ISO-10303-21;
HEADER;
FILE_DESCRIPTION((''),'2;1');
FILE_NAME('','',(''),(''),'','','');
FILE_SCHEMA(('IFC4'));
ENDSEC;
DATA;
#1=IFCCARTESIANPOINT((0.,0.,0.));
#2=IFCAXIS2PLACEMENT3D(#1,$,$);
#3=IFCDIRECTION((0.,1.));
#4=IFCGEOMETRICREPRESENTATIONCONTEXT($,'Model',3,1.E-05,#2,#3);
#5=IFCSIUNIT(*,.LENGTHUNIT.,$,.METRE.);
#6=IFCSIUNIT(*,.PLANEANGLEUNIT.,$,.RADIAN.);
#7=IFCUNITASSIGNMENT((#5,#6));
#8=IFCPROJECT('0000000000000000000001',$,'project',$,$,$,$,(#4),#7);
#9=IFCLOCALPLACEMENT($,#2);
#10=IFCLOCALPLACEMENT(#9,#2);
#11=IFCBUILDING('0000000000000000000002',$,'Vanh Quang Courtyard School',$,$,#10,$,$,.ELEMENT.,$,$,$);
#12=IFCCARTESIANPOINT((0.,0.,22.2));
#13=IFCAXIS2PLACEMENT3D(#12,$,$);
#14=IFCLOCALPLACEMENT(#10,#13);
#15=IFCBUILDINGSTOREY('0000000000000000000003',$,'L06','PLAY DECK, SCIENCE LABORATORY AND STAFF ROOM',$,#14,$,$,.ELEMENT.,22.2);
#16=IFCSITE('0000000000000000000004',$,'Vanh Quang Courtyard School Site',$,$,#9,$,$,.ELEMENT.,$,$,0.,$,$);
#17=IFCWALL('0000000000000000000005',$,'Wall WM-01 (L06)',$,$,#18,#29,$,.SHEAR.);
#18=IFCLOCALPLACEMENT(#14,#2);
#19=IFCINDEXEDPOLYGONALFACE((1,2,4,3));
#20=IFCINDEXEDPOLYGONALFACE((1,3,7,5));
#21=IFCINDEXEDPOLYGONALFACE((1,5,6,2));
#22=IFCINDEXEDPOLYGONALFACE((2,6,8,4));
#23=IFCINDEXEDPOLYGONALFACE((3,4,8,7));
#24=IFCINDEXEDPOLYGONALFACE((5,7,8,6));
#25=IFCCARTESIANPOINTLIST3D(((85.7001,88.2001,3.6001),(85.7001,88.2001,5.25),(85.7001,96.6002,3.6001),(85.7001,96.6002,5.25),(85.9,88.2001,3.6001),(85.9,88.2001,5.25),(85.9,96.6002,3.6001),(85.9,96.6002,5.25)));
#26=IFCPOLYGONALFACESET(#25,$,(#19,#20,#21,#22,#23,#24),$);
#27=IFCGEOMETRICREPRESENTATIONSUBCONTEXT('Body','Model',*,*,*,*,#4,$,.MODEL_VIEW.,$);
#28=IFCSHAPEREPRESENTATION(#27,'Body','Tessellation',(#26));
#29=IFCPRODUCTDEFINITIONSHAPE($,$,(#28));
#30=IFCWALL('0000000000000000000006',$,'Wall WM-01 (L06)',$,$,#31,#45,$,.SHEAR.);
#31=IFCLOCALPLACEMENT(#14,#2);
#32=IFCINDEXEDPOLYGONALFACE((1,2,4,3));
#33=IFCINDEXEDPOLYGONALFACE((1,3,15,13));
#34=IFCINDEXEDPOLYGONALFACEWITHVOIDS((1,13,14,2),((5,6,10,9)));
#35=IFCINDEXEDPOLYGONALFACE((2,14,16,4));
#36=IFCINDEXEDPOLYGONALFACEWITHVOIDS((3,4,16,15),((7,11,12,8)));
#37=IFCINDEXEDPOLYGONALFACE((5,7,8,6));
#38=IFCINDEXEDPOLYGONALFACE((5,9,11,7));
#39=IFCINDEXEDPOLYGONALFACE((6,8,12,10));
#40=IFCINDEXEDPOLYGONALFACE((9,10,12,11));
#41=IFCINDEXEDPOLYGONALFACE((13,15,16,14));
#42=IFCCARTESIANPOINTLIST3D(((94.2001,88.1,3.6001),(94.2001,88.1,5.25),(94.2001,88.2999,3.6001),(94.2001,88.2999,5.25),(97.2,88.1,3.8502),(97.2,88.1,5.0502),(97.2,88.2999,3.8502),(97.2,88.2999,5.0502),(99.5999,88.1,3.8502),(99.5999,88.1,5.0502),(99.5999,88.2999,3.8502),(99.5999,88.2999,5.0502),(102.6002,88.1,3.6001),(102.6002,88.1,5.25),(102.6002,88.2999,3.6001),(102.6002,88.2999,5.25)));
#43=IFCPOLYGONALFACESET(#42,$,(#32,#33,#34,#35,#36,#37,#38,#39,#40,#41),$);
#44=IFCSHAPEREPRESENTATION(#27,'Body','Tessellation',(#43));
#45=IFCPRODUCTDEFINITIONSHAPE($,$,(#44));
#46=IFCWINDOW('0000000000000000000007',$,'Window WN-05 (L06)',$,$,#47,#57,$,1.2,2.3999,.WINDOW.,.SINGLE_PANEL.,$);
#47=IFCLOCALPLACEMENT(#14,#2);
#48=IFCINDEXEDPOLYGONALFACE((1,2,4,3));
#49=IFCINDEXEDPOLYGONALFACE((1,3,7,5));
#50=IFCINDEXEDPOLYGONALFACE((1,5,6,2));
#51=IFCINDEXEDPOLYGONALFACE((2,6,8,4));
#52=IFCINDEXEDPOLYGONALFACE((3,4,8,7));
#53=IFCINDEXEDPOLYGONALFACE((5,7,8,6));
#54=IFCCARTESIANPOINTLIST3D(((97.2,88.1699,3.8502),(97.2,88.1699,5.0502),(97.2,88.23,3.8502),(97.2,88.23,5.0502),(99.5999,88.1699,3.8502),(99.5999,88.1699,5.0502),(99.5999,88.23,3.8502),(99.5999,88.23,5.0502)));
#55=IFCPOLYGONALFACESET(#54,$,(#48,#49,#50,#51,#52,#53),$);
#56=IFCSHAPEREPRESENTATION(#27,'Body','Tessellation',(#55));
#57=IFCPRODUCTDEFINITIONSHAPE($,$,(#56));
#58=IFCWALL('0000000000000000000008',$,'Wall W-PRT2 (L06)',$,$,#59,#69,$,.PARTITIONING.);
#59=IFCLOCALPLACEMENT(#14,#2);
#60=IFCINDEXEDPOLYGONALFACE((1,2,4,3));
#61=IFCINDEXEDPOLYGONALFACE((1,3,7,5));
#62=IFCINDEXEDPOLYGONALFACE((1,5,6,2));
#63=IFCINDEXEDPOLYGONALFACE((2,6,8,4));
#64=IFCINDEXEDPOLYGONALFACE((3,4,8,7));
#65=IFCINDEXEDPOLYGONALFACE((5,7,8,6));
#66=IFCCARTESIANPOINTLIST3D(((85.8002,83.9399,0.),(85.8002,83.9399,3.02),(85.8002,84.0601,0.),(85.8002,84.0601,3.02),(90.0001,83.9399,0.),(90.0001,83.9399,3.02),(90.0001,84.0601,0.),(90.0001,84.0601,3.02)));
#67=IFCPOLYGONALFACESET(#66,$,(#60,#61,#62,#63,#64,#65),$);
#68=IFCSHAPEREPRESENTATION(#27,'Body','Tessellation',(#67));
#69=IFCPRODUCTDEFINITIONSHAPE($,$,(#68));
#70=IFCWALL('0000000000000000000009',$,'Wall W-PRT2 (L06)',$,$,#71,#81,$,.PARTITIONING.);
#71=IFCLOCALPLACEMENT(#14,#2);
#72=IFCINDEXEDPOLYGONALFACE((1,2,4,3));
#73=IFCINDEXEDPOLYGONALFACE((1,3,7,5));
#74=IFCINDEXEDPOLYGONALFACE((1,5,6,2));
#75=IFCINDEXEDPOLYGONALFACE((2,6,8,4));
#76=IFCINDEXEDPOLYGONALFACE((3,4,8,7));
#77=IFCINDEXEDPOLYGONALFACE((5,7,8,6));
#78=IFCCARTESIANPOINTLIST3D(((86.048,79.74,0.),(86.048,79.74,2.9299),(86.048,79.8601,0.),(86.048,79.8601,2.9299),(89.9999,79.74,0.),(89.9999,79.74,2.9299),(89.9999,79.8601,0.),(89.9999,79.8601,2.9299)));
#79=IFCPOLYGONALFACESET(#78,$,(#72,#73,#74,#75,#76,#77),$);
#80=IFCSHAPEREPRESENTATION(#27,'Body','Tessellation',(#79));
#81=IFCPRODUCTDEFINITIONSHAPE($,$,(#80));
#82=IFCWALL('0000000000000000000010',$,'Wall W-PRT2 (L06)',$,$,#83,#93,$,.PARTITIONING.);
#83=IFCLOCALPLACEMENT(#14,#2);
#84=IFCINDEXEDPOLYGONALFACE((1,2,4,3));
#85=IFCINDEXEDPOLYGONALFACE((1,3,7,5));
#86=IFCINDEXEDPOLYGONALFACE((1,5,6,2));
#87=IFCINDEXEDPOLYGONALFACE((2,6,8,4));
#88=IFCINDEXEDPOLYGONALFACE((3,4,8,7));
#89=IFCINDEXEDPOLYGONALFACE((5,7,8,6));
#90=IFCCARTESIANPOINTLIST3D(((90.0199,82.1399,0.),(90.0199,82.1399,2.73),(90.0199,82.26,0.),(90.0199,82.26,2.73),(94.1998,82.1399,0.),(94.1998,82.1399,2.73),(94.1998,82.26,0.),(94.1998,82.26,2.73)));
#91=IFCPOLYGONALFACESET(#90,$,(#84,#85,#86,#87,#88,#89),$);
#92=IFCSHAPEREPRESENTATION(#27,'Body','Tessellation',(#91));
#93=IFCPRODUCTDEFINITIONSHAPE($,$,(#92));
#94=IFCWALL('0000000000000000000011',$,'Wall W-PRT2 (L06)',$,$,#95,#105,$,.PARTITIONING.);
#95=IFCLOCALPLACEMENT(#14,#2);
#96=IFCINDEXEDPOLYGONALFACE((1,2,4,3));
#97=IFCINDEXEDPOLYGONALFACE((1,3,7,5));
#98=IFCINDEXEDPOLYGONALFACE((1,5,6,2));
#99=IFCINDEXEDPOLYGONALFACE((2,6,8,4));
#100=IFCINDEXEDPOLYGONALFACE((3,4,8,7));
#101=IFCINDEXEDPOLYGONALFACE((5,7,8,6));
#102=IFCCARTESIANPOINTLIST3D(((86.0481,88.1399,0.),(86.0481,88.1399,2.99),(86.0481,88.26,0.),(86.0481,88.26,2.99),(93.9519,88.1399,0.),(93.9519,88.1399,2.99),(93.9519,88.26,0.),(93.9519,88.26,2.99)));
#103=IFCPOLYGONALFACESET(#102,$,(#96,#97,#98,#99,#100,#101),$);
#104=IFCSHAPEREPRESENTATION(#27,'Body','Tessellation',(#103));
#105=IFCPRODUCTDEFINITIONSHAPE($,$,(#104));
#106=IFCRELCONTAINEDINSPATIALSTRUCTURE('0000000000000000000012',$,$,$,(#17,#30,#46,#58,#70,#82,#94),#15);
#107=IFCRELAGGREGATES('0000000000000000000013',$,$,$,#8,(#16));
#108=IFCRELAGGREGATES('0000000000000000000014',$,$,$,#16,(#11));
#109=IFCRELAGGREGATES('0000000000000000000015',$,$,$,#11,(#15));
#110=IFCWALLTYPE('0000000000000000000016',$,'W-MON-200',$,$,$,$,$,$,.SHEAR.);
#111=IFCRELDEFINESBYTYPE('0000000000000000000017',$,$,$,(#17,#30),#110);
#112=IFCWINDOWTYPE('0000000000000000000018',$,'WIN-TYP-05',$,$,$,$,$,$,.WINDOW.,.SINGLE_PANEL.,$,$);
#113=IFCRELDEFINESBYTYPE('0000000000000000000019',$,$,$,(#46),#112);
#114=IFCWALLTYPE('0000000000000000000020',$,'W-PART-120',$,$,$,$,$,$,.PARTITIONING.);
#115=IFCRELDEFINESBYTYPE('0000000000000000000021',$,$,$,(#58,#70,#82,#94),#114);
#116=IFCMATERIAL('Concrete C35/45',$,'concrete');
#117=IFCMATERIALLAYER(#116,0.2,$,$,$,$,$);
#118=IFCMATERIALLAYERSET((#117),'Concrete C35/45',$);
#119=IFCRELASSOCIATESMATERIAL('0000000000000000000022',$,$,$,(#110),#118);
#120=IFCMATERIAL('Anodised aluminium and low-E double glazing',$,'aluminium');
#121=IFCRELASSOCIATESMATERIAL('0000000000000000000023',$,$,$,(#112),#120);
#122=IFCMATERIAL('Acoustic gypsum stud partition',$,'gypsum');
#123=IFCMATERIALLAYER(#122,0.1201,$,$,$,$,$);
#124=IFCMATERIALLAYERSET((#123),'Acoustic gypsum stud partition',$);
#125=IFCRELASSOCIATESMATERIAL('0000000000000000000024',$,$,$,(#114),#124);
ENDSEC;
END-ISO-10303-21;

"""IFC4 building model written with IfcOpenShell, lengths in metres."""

from ifc_helpers import new_model, si_unit, direction, frame, frame_2d, origin, place, context, subcontext, project, spatial, rectangle, extrude, material, layer, layer_set, type_object, element, fill, save


model = new_model("IFC4")

# Units and contexts
model_context = context("Model", 3, precision=1e-05, world=origin(), true_north=direction((0.0, 1.0)))
body_context = subcontext(model_context, "Body", "Model", "MODEL_VIEW")
ifc_project = project(units=[si_unit("LENGTHUNIT", "METRE"), si_unit("PLANEANGLEUNIT", "RADIAN")], contexts=[model_context])

# Site, building, storey
site_placement = place(None, origin())
site = spatial("IfcSite", under=ifc_project, at=site_placement, Name="Vanh Quang Courtyard School Site", CompositionType="ELEMENT", RefElevation=0.0)
building_placement = place(site_placement, origin())
building = spatial("IfcBuilding", under=site, at=building_placement, Name="Vanh Quang Courtyard School", CompositionType="ELEMENT")
storey_placement = place(building_placement, frame((0.0, 0.0, 22.2)))
storey = spatial("IfcBuildingStorey", under=building, at=storey_placement, Name="L06", Description="PLAY DECK, SCIENCE LABORATORY AND STAFF ROOM", CompositionType="ELEMENT", Elevation=22.2)

# Shared definitions
ifc_material_1 = material(Name="Concrete C35/45", Category="concrete")

# Wall
ifc_layer_1 = layer(ifc_material_1, 0.2)
ifc_layer_set_1 = layer_set([ifc_layer_1], Name="Concrete C35/45")
wall_type_1 = type_object("IfcWallType", Name="W-MON-200", PredefinedType="SHEAR", material=ifc_layer_set_1)
wall_1_placement = place(storey_placement, frame((85.8, 88.2, 3.6001), z_axis=(0.0, 0.0, 1.0), x_axis=(0.0, 1.0, 0.0)))
element("IfcWall", 1, at=wall_1_placement, inside=storey, type_object=wall_type_1, Name="Wall WM-01 (L06)", PredefinedType="SHEAR", context=body_context, shape_type="SweptSolid", body=[
    extrude(rectangle(XDim=8.4001, YDim=0.2, at=frame_2d((4.2002, 0.0))), origin(), (0.0, 0.0, 1.0), 1.6499),
])

# Wall, opening, window
wall_2_placement = place(storey_placement, frame((94.2, 88.2, 3.6001), z_axis=(0.0, 0.0, 1.0), x_axis=(1.0, 0.0, 0.0)))
wall_2 = element("IfcWall", 2, at=wall_2_placement, inside=storey, type_object=wall_type_1, Name="Wall WM-01 (L06)", PredefinedType="SHEAR", context=body_context, shape_type="SweptSolid", body=[
    extrude(rectangle(XDim=8.4001, YDim=0.2, at=frame_2d((4.2002, 0.0))), origin(), (0.0, 0.0, 1.0), 1.6499),
])
opening_1_placement = place(wall_2_placement, frame((3.0, 0.0, 0.25)))
opening_1 = element("IfcOpeningElement", 3, at=opening_1_placement, cuts=wall_2, PredefinedType="OPENING", context=body_context, shape_type="SweptSolid", body=[
    extrude(rectangle(XDim=2.3999, YDim=1.2, at=frame_2d((1.2, 0.6001))), frame((0.0, 0.1099, 0.0), z_axis=(0.0, -1.0, 0.0), x_axis=(1.0, 0.0, 0.0)), (0.0, 0.0, 1.0), 0.22),
])
ifc_material_2 = material(Name="Anodised aluminium and low-E double glazing", Category="aluminium")
window_type = type_object("IfcWindowType", Name="WIN-TYP-05", PartitioningType="SINGLE_PANEL", PredefinedType="WINDOW", material=ifc_material_2)
window_placement = place(opening_1_placement, origin())
window = element("IfcWindow", 4, at=window_placement, inside=storey, type_object=window_type, Name="Window WN-05 (L06)", OverallHeight=1.2, OverallWidth=2.3999, PartitioningType="SINGLE_PANEL", PredefinedType="WINDOW", context=body_context, shape_type="SweptSolid", body=[
    extrude(rectangle(XDim=2.3999, YDim=1.2, at=frame_2d((1.2, 0.6001))), frame((0.0, 0.03, 0.0), z_axis=(0.0, -1.0, 0.0), x_axis=(1.0, 0.0, 0.0)), (0.0, 0.0, 1.0), 0.0601),
])
fill(opening_1, window)

# Walls
ifc_material_3 = material(Name="Acoustic gypsum stud partition", Category="gypsum")
ifc_layer_2 = layer(ifc_material_3, 0.1201)
ifc_layer_set_2 = layer_set([ifc_layer_2], Name="Acoustic gypsum stud partition")
wall_type_2 = type_object("IfcWallType", Name="W-PART-120", PredefinedType="PARTITIONING", material=ifc_layer_set_2)
wall_3_placement = place(storey_placement, frame((85.8, 84.0, 0.0), z_axis=(0.0, 0.0, 1.0), x_axis=(1.0, 0.0, 0.0)))
element("IfcWall", 5, at=wall_3_placement, inside=storey, type_object=wall_type_2, Name="Wall W-PRT2 (L06)", PredefinedType="PARTITIONING", context=body_context, shape_type="SweptSolid", body=[
    extrude(rectangle(XDim=4.2, YDim=0.1201, at=frame_2d((2.1001, 0.0))), origin(), (0.0, 0.0, 1.0), 3.02),
])
wall_4_placement = place(storey_placement, frame((90.0, 79.8, 0.0), z_axis=(0.0, 0.0, 1.0), x_axis=(-1.0, 0.0, 0.0)))
element("IfcWall", 6, at=wall_4_placement, inside=storey, type_object=wall_type_2, Name="Wall W-PRT2 (L06)", PredefinedType="PARTITIONING", context=body_context, shape_type="SweptSolid", body=[
    extrude(rectangle(XDim=3.9519, YDim=0.1201, at=frame_2d((1.9761, 0.0))), origin(), (0.0, 0.0, 1.0), 2.9299),
])
wall_5_placement = place(storey_placement, frame((90.02, 82.2, 0.0), z_axis=(0.0, 0.0, 1.0), x_axis=(1.0, 0.0, 0.0)))
element("IfcWall", 7, at=wall_5_placement, inside=storey, type_object=wall_type_2, Name="Wall W-PRT2 (L06)", PredefinedType="PARTITIONING", context=body_context, shape_type="SweptSolid", body=[
    extrude(rectangle(XDim=4.1799, YDim=0.1201, at=frame_2d((2.0898, 0.0))), origin(), (0.0, 0.0, 1.0), 2.73),
])
wall_6_placement = place(storey_placement, frame((93.9519, 88.2, 0.0), z_axis=(0.0, 0.0, 1.0), x_axis=(-1.0, 0.0, 0.0)))
element("IfcWall", 8, at=wall_6_placement, inside=storey, type_object=wall_type_2, Name="Wall W-PRT2 (L06)", PredefinedType="PARTITIONING", context=body_context, shape_type="SweptSolid", body=[
    extrude(rectangle(XDim=7.9038, YDim=0.1201, at=frame_2d((3.9519, 0.0))), origin(), (0.0, 0.0, 1.0), 2.99),
])

save(model, "model.ifc")
